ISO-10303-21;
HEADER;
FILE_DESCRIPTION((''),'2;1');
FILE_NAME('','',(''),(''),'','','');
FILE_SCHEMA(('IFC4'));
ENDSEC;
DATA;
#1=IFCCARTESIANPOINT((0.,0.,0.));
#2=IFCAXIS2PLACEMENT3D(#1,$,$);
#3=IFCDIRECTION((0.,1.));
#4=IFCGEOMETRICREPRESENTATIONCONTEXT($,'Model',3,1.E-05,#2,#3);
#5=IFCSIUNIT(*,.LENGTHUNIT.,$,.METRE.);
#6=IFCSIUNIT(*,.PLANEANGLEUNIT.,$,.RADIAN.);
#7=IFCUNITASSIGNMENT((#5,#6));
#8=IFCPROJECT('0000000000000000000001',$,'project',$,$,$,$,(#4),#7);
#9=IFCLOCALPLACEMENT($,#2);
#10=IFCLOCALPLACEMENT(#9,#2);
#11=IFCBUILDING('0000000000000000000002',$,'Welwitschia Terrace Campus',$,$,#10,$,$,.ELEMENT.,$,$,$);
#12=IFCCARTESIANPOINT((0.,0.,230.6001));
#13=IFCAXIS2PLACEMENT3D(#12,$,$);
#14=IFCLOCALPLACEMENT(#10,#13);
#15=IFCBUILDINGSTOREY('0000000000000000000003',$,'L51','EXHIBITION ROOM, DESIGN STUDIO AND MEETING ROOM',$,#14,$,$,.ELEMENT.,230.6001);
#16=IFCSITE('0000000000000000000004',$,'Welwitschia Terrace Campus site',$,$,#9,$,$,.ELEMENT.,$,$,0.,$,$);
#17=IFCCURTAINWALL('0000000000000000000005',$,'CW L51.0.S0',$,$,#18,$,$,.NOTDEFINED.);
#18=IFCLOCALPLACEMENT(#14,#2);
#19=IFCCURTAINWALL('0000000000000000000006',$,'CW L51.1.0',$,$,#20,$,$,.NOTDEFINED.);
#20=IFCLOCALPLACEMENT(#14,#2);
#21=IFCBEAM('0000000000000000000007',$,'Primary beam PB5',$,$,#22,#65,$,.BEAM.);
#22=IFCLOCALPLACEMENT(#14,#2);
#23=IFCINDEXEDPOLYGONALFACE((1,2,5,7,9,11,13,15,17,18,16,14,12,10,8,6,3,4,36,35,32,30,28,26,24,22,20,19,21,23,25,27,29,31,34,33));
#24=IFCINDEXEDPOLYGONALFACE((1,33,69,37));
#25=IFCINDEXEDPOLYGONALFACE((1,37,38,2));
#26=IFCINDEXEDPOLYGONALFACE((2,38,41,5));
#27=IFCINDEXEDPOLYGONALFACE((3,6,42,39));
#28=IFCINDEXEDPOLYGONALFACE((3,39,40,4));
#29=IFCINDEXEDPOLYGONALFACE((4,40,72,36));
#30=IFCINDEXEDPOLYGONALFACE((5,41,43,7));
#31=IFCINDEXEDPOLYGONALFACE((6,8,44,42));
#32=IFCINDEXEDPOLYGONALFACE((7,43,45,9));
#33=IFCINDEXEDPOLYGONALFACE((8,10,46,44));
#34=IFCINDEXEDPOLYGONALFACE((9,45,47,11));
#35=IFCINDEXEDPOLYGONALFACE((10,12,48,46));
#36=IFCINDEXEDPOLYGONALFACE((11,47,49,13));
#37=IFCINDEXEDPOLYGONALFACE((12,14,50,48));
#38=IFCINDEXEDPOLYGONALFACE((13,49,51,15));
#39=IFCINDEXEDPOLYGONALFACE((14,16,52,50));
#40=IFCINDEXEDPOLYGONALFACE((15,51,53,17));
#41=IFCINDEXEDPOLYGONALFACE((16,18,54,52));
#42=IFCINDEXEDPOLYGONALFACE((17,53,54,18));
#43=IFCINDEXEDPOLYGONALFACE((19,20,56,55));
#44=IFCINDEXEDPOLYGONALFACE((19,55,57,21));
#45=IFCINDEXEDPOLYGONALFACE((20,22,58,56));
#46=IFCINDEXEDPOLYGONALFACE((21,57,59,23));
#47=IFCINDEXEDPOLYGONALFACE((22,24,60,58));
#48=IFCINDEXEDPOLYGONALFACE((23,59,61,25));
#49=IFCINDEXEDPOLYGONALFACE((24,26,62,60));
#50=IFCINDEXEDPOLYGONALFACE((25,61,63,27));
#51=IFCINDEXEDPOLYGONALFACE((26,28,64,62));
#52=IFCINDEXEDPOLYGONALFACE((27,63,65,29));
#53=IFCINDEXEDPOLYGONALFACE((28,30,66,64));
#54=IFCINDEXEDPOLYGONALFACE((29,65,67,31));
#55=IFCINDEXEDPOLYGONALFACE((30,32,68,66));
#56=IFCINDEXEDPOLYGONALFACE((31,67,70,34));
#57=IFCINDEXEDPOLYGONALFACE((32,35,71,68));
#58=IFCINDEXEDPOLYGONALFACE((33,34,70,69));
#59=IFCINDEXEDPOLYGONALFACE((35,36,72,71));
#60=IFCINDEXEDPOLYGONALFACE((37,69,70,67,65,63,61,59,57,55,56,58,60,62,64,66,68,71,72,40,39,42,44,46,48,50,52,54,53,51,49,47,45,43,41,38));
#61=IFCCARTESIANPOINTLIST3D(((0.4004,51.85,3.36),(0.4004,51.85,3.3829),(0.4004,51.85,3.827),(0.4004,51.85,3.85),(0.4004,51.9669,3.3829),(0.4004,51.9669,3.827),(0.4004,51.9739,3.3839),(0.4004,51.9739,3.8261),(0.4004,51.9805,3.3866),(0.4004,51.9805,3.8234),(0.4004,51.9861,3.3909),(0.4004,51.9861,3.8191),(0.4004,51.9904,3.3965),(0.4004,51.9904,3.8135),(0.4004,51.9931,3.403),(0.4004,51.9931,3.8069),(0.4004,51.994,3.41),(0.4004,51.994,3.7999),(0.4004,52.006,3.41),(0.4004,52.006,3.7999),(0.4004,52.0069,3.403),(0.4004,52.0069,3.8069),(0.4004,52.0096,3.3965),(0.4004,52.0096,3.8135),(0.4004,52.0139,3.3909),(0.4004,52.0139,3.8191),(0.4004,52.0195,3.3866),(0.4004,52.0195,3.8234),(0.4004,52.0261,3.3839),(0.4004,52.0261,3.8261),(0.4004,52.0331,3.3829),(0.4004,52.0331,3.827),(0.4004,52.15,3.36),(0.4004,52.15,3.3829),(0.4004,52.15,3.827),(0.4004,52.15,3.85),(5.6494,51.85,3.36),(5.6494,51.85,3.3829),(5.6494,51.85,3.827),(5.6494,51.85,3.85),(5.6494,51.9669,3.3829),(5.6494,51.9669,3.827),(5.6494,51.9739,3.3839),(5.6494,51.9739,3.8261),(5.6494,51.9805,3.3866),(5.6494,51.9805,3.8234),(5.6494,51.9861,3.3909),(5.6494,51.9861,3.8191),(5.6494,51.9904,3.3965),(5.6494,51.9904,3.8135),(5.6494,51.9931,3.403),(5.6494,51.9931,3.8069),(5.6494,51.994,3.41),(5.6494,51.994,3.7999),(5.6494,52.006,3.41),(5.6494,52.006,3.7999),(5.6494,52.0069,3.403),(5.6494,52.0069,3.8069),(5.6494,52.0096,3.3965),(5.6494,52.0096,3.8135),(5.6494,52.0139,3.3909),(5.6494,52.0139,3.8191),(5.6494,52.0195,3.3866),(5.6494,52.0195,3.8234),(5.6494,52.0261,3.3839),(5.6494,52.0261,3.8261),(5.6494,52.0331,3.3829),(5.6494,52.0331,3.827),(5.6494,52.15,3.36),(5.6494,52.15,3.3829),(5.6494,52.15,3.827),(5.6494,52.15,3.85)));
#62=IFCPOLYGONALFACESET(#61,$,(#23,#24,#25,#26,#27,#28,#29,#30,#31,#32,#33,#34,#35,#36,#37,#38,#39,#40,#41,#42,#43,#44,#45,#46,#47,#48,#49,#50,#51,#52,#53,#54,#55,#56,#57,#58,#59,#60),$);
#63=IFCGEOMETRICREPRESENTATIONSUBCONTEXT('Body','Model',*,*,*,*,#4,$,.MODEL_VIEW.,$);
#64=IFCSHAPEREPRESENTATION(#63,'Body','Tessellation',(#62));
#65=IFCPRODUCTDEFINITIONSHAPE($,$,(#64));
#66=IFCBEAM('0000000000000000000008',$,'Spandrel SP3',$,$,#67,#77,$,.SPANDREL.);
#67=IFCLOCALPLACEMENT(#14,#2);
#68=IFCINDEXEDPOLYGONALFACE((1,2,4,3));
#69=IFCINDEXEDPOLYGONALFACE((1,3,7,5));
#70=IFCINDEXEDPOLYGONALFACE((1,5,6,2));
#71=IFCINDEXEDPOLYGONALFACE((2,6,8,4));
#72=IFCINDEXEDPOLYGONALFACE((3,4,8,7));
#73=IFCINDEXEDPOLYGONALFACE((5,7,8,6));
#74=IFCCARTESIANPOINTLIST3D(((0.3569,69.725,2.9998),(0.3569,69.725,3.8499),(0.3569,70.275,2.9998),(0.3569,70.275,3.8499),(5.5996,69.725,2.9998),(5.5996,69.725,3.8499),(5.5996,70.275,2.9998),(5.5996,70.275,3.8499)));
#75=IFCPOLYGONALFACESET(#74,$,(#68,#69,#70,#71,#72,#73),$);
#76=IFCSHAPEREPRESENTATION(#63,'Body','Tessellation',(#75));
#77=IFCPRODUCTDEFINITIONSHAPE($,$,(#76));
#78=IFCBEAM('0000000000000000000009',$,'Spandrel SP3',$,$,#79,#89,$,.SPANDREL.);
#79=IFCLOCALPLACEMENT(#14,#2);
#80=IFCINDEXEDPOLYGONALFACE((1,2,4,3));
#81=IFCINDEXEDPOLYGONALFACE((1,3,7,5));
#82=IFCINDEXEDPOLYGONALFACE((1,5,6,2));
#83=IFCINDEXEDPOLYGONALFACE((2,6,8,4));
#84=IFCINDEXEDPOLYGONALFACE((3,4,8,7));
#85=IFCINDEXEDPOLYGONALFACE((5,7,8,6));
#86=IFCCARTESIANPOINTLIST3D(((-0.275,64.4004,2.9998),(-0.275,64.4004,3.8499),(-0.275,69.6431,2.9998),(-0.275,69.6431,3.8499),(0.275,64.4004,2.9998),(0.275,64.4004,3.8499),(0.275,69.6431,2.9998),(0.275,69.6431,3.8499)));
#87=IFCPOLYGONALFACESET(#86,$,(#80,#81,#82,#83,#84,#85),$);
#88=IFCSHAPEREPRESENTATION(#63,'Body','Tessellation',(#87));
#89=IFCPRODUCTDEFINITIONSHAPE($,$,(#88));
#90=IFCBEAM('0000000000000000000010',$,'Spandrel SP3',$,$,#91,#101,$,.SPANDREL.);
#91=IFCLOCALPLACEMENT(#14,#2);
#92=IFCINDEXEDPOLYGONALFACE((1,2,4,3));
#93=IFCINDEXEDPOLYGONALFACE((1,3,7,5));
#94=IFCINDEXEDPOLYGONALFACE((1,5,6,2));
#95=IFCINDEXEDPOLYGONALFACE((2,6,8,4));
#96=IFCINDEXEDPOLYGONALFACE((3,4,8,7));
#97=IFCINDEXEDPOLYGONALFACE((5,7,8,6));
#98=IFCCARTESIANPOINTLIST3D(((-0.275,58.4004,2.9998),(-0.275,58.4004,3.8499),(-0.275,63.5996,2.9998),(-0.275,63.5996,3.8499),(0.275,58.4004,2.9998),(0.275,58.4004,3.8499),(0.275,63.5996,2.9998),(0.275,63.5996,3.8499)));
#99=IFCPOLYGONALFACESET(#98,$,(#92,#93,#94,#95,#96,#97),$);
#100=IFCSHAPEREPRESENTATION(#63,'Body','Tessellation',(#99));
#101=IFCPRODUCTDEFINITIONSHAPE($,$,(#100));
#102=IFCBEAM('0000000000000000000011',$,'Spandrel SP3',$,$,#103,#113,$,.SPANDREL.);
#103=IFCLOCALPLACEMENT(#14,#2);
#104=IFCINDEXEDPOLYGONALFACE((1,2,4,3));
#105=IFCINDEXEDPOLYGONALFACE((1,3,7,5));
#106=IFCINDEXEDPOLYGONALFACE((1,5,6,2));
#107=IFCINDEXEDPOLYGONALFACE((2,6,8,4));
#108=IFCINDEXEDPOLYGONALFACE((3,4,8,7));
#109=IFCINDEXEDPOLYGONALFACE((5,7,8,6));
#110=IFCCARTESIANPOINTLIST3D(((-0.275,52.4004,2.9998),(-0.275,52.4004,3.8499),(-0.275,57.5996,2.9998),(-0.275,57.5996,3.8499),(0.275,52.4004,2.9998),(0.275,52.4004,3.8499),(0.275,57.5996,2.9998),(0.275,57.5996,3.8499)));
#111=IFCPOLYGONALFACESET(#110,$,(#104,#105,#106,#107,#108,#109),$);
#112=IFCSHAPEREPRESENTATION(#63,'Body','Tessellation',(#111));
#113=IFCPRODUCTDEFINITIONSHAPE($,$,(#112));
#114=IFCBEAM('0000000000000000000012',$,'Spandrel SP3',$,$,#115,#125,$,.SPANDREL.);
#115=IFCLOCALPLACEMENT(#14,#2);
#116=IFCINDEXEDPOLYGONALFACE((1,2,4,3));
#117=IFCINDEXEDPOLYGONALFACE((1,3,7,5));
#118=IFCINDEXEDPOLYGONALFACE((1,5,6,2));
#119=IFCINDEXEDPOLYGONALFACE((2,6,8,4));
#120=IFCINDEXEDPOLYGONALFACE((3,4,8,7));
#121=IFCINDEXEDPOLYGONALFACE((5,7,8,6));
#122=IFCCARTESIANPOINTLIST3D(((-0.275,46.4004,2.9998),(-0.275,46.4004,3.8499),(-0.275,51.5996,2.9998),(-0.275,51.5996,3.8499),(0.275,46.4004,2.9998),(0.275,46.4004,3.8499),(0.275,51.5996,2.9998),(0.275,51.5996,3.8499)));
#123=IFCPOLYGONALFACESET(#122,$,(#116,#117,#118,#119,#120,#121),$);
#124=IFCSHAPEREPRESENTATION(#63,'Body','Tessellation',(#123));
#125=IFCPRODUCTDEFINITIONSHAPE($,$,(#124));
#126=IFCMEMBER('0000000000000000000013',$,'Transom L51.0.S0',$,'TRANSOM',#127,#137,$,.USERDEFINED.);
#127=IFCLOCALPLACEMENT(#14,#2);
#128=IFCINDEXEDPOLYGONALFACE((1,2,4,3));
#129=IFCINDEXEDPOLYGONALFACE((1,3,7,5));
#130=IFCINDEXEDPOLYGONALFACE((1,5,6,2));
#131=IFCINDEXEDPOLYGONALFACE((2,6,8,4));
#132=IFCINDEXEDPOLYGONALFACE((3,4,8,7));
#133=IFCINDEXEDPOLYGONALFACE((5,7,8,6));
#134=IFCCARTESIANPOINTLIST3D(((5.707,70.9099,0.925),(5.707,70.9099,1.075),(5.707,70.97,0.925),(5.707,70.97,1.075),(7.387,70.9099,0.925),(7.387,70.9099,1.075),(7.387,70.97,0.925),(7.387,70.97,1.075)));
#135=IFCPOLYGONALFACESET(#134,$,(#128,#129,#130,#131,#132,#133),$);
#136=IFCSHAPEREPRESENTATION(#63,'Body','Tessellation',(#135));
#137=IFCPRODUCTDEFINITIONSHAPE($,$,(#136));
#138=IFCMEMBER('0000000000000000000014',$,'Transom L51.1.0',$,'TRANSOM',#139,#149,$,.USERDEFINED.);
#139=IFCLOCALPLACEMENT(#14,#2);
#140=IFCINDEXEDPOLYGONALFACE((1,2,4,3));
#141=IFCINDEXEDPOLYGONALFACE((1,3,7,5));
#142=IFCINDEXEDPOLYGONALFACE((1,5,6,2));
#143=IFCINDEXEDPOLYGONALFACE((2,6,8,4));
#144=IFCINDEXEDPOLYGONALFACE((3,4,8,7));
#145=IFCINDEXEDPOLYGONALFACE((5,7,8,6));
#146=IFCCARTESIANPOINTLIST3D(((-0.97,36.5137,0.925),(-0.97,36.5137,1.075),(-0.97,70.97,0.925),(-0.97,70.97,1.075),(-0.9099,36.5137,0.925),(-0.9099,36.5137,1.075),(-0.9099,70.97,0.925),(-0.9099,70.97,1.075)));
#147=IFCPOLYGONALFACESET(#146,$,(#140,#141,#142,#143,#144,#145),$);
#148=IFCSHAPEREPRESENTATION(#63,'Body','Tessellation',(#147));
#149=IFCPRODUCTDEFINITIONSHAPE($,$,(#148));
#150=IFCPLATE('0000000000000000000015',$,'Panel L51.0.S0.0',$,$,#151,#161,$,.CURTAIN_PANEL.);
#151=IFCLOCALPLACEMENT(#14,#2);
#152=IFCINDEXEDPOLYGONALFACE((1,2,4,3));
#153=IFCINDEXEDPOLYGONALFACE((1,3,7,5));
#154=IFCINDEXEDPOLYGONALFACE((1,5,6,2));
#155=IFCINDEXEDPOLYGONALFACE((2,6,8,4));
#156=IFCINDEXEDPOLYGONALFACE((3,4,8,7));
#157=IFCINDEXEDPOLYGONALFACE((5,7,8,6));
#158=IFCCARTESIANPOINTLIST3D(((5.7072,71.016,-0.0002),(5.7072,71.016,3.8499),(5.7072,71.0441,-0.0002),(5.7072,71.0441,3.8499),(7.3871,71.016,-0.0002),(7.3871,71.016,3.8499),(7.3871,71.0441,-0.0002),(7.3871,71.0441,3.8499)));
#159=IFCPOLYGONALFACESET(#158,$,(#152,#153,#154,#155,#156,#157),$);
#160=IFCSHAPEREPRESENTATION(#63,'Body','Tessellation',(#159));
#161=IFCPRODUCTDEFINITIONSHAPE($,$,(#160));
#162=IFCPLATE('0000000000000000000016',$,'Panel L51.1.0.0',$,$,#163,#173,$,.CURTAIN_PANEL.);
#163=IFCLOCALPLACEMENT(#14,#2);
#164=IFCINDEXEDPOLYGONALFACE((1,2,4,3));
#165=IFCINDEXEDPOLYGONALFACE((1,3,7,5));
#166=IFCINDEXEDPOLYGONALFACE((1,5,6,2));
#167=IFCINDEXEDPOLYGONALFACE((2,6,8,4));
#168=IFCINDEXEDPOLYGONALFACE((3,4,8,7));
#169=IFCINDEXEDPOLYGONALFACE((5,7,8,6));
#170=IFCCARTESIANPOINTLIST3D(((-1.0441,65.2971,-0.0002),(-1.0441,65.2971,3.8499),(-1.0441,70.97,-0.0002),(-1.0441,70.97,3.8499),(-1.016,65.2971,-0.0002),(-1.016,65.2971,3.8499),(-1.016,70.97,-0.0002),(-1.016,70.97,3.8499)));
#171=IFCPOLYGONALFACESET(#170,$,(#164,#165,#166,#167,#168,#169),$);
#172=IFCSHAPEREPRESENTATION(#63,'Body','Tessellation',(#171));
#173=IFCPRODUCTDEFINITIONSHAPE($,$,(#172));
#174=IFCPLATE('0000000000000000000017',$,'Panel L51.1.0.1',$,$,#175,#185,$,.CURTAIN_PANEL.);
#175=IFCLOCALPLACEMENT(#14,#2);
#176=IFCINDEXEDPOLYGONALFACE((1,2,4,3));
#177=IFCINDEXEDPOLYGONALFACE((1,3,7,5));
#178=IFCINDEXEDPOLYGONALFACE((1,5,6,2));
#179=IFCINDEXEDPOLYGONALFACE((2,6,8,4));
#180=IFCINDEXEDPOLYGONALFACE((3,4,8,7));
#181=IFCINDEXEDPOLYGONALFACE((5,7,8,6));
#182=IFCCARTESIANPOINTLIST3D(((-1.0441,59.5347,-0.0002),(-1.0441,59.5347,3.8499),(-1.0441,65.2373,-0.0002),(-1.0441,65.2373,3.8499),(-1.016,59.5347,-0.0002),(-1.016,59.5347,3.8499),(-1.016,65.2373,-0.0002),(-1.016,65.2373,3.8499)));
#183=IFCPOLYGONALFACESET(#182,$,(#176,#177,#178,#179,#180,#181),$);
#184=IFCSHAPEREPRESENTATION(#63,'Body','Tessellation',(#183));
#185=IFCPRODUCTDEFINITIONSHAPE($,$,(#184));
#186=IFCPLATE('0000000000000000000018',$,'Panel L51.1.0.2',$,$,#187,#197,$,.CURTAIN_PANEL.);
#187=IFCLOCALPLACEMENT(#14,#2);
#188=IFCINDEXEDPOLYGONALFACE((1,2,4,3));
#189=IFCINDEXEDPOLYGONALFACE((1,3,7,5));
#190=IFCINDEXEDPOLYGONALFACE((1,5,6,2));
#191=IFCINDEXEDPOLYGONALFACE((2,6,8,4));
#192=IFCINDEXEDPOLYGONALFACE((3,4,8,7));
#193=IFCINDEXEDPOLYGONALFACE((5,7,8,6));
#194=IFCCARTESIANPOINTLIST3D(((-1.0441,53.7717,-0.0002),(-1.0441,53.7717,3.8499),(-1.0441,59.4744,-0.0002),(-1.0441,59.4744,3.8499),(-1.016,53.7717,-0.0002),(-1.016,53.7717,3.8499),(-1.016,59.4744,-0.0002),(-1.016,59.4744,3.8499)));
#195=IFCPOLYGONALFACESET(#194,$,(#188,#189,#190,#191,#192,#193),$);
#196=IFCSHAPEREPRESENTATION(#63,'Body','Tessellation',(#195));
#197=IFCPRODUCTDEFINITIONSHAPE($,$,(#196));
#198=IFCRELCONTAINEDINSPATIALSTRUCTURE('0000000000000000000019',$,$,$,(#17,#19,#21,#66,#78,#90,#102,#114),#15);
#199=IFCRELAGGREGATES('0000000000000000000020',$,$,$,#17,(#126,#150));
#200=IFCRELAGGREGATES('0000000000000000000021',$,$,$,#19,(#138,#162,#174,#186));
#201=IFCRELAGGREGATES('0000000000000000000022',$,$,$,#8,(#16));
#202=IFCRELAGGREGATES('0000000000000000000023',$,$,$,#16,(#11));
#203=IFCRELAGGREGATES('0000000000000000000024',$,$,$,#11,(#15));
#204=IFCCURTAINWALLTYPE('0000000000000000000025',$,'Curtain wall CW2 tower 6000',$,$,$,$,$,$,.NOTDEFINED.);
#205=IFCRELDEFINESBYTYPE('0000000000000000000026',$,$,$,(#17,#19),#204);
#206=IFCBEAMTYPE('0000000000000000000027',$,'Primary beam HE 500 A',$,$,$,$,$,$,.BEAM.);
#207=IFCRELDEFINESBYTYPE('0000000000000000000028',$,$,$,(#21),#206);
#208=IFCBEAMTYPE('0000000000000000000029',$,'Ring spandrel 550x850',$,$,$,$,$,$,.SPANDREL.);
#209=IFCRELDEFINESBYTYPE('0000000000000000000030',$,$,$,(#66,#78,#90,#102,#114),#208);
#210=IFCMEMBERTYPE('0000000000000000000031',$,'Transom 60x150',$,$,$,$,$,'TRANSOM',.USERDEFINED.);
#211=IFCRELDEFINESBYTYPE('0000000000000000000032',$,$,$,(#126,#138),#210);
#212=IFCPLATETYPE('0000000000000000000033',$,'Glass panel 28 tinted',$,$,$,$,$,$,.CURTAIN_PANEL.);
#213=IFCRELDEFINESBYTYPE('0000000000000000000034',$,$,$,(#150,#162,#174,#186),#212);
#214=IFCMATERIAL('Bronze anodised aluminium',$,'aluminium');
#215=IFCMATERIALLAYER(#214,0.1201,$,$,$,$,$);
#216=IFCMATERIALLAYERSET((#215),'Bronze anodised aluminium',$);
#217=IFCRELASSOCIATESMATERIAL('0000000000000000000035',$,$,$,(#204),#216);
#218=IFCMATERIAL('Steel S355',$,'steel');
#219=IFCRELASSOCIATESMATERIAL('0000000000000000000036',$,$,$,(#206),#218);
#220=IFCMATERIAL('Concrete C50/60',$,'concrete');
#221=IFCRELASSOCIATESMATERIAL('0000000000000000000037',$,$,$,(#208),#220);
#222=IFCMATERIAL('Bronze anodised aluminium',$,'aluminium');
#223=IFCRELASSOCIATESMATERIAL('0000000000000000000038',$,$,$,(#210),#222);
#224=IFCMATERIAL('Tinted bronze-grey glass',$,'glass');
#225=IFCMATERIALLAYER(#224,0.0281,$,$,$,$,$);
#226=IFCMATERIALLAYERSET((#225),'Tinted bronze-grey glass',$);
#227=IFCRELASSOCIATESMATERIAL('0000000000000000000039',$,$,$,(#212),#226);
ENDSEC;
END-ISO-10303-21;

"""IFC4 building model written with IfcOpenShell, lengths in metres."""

from ifc_helpers import new_model, si_unit, direction, frame, origin, origin_2d, place, context, subcontext, project, spatial, rectangle, i_section, extrude, material, layer, layer_set, material_profile, profile_set, type_object, element, aggregate, save


model = new_model("IFC4")

# Units and contexts
model_context = context("Model", 3, precision=1e-05, world=origin(), true_north=direction((0.0, 1.0)))
body_context = subcontext(model_context, "Body", "Model", "MODEL_VIEW")
ifc_project = project(units=[si_unit("LENGTHUNIT", "METRE"), si_unit("PLANEANGLEUNIT", "RADIAN")], contexts=[model_context])

# Site, building, storey
site_placement = place(None, origin())
site = spatial("IfcSite", under=ifc_project, at=site_placement, Name="Welwitschia Terrace Campus site", CompositionType="ELEMENT", RefElevation=0.0)
building_placement = place(site_placement, origin())
building = spatial("IfcBuilding", under=site, at=building_placement, Name="Welwitschia Terrace Campus", CompositionType="ELEMENT")
storey_placement = place(building_placement, frame((0.0, 0.0, 230.6001)))
storey = spatial("IfcBuildingStorey", under=building, at=storey_placement, Name="L51", Description="EXHIBITION ROOM, DESIGN STUDIO AND MEETING ROOM", CompositionType="ELEMENT", Elevation=230.6001)

# Curtain walls
ifc_material_1 = material(Name="Bronze anodised aluminium", Category="aluminium")
ifc_layer_1 = layer(ifc_material_1, 0.1201)
ifc_layer_set_1 = layer_set([ifc_layer_1], Name="Bronze anodised aluminium")
curtain_wall_type = type_object("IfcCurtainWallType", Name="Curtain wall CW2 tower 6000", PredefinedType="NOTDEFINED", material=ifc_layer_set_1)
curtain_wall_1_placement = place(storey_placement, origin())
curtain_wall_1 = element("IfcCurtainWall", 1, at=curtain_wall_1_placement, inside=storey, type_object=curtain_wall_type, Name="CW L51.0.S0", PredefinedType="NOTDEFINED")
curtain_wall_2_placement = place(storey_placement, origin())
curtain_wall_2 = element("IfcCurtainWall", 2, at=curtain_wall_2_placement, inside=storey, type_object=curtain_wall_type, Name="CW L51.1.0", PredefinedType="NOTDEFINED")

# Beams
ifc_material_2 = material(Name="Steel S355", Category="steel")
ifc_material_profile_1 = material_profile(ifc_material_2, i_section(OverallWidth=0.3, OverallDepth=0.49, WebThickness=0.012, FlangeThickness=0.0229, FilletRadius=0.0271, at=origin_2d()))
ifc_profile_set_1 = profile_set([ifc_material_profile_1], Name="Steel S355")
beam_type_1 = type_object("IfcBeamType", Name="Primary beam HE 500 A", PredefinedType="BEAM", material=ifc_profile_set_1)
for number, where, z_axis, x_axis, name in (
    (3, (0.4004, 52.0, 3.605), (1.0, 0.0, 0.0), (0.0, 1.0, 0.0), "Primary beam PB5"),
):
    element("IfcBeam", number, at=place(storey_placement, frame(where, z_axis=z_axis, x_axis=x_axis)), inside=storey, type_object=beam_type_1, Name=name, PredefinedType="BEAM", context=body_context, shape_type="SweptSolid", body=[
        extrude(i_section(OverallWidth=0.3, OverallDepth=0.49, WebThickness=0.012, FlangeThickness=0.0229, FilletRadius=0.0271, at=origin_2d()), origin(), (0.0, 0.0, 1.0), 5.249),
    ])
ifc_material_3 = material(Name="Concrete C50/60", Category="concrete")
ifc_material_profile_2 = material_profile(ifc_material_3, rectangle(XDim=0.55, YDim=0.8501, at=origin_2d()))
ifc_profile_set_2 = profile_set([ifc_material_profile_2], Name="Concrete C50/60")
beam_type_2 = type_object("IfcBeamType", Name="Ring spandrel 550x850", PredefinedType="SPANDREL", material=ifc_profile_set_2)
for number, where, z_axis, x_axis, name in (
    (4, (5.5996, 70.0, 3.4248), (-1.0, 0.0, 0.0), (0.0, -1.0, 0.0), "Spandrel SP3"),
    (5, (0.0, 69.6431, 3.4248), (0.0, -1.0, 0.0), (1.0, 0.0, 0.0), "Spandrel SP3"),
):
    element("IfcBeam", number, at=place(storey_placement, frame(where, z_axis=z_axis, x_axis=x_axis)), inside=storey, type_object=beam_type_2, Name=name, PredefinedType="SPANDREL", context=body_context, shape_type="SweptSolid", body=[
        extrude(rectangle(XDim=0.55, YDim=0.8501, at=origin_2d()), origin(), (0.0, 0.0, 1.0), 5.2427),
    ])
for number, where, z_axis, x_axis, name in (
    (6, (0.0, 63.5996, 3.4248), (0.0, -1.0, 0.0), (1.0, 0.0, 0.0), "Spandrel SP3"),
    (7, (0.0, 57.5996, 3.4248), (0.0, -1.0, 0.0), (1.0, 0.0, 0.0), "Spandrel SP3"),
    (8, (0.0, 51.5996, 3.4248), (0.0, -1.0, 0.0), (1.0, 0.0, 0.0), "Spandrel SP3"),
):
    element("IfcBeam", number, at=place(storey_placement, frame(where, z_axis=z_axis, x_axis=x_axis)), inside=storey, type_object=beam_type_2, Name=name, PredefinedType="SPANDREL", context=body_context, shape_type="SweptSolid", body=[
        extrude(rectangle(XDim=0.55, YDim=0.8501, at=origin_2d()), origin(), (0.0, 0.0, 1.0), 5.1992),
    ])

# Members
ifc_material_4 = material(Name="Bronze anodised aluminium", Category="aluminium")
ifc_material_profile_3 = material_profile(ifc_material_4, rectangle(XDim=0.0601, YDim=0.1499, at=origin_2d()))
ifc_profile_set_3 = profile_set([ifc_material_profile_3], Name="Bronze anodised aluminium")
member_type_1 = type_object("IfcMemberType", Name="Transom 60x150", ElementType="TRANSOM", PredefinedType="USERDEFINED", material=ifc_profile_set_3)
member_1_placement = place(storey_placement, frame((7.387, 70.9399, 1.0), z_axis=(-1.0, 0.0, 0.0), x_axis=(0.0, -1.0, 0.0)))
member_1 = element("IfcMember", 9, at=member_1_placement, type_object=member_type_1, Name="Transom L51.0.S0", ObjectType="TRANSOM", PredefinedType="USERDEFINED", context=body_context, shape_type="SweptSolid", body=[
    extrude(rectangle(XDim=0.0601, YDim=0.1499, at=origin_2d()), origin(), (0.0, 0.0, 1.0), 1.6799),
])
member_2_placement = place(storey_placement, frame((-0.9399, 70.97, 1.0), z_axis=(0.0, -1.0, 0.0), x_axis=(1.0, 0.0, 0.0)))
member_2 = element("IfcMember", 10, at=member_2_placement, type_object=member_type_1, Name="Transom L51.1.0", ObjectType="TRANSOM", PredefinedType="USERDEFINED", context=body_context, shape_type="SweptSolid", body=[
    extrude(rectangle(XDim=0.0601, YDim=0.1499, at=origin_2d()), origin(), (0.0, 0.0, 1.0), 34.4563),
])

# Plates
ifc_material_5 = material(Name="Tinted bronze-grey glass", Category="glass")
ifc_layer_2 = layer(ifc_material_5, 0.0281)
ifc_layer_set_2 = layer_set([ifc_layer_2], Name="Tinted bronze-grey glass")
plate_type = type_object("IfcPlateType", Name="Glass panel 28 tinted", PredefinedType="CURTAIN_PANEL", material=ifc_layer_set_2)
plate_1_placement = place(storey_placement, frame((6.5471, 71.03, -0.0002), z_axis=(0.0, 0.0, 1.0), x_axis=(-1.0, 0.0, 0.0)))
plate_1 = element("IfcPlate", 11, at=plate_1_placement, type_object=plate_type, Name="Panel L51.0.S0.0", PredefinedType="CURTAIN_PANEL", context=body_context, shape_type="SweptSolid", body=[
    extrude(rectangle(XDim=1.6799, YDim=0.0281, at=origin_2d()), origin(), (0.0, 0.0, 1.0), 3.8501),
])
aggregate(curtain_wall_1, [member_1, plate_1])
plate_2_placement = place(storey_placement, frame((-1.03, 68.1335, -0.0002), z_axis=(0.0, 0.0, 1.0), x_axis=(0.0, -1.0, 0.0)))
plate_2 = element("IfcPlate", 12, at=plate_2_placement, type_object=plate_type, Name="Panel L51.1.0.0", PredefinedType="CURTAIN_PANEL", context=body_context, shape_type="SweptSolid", body=[
    extrude(rectangle(XDim=5.6729, YDim=0.0281, at=origin_2d()), origin(), (0.0, 0.0, 1.0), 3.8501),
])
plate_3_placement = place(storey_placement, frame((-1.03, 62.386, -0.0002), z_axis=(0.0, 0.0, 1.0), x_axis=(0.0, -1.0, 0.0)))
plate_3 = element("IfcPlate", 13, at=plate_3_placement, type_object=plate_type, Name="Panel L51.1.0.1", PredefinedType="CURTAIN_PANEL", context=body_context, shape_type="SweptSolid", body=[
    extrude(rectangle(XDim=5.7026, YDim=0.0281, at=origin_2d()), origin(), (0.0, 0.0, 1.0), 3.8501),
])
plate_4_placement = place(storey_placement, frame((-1.03, 56.623, -0.0002), z_axis=(0.0, 0.0, 1.0), x_axis=(0.0, -1.0, 0.0)))
plate_4 = element("IfcPlate", 14, at=plate_4_placement, type_object=plate_type, Name="Panel L51.1.0.2", PredefinedType="CURTAIN_PANEL", context=body_context, shape_type="SweptSolid", body=[
    extrude(rectangle(XDim=5.7026, YDim=0.0281, at=origin_2d()), origin(), (0.0, 0.0, 1.0), 3.8501),
])
aggregate(curtain_wall_2, [member_2, plate_2, plate_3, plate_4])

save(model, "model.ifc")
